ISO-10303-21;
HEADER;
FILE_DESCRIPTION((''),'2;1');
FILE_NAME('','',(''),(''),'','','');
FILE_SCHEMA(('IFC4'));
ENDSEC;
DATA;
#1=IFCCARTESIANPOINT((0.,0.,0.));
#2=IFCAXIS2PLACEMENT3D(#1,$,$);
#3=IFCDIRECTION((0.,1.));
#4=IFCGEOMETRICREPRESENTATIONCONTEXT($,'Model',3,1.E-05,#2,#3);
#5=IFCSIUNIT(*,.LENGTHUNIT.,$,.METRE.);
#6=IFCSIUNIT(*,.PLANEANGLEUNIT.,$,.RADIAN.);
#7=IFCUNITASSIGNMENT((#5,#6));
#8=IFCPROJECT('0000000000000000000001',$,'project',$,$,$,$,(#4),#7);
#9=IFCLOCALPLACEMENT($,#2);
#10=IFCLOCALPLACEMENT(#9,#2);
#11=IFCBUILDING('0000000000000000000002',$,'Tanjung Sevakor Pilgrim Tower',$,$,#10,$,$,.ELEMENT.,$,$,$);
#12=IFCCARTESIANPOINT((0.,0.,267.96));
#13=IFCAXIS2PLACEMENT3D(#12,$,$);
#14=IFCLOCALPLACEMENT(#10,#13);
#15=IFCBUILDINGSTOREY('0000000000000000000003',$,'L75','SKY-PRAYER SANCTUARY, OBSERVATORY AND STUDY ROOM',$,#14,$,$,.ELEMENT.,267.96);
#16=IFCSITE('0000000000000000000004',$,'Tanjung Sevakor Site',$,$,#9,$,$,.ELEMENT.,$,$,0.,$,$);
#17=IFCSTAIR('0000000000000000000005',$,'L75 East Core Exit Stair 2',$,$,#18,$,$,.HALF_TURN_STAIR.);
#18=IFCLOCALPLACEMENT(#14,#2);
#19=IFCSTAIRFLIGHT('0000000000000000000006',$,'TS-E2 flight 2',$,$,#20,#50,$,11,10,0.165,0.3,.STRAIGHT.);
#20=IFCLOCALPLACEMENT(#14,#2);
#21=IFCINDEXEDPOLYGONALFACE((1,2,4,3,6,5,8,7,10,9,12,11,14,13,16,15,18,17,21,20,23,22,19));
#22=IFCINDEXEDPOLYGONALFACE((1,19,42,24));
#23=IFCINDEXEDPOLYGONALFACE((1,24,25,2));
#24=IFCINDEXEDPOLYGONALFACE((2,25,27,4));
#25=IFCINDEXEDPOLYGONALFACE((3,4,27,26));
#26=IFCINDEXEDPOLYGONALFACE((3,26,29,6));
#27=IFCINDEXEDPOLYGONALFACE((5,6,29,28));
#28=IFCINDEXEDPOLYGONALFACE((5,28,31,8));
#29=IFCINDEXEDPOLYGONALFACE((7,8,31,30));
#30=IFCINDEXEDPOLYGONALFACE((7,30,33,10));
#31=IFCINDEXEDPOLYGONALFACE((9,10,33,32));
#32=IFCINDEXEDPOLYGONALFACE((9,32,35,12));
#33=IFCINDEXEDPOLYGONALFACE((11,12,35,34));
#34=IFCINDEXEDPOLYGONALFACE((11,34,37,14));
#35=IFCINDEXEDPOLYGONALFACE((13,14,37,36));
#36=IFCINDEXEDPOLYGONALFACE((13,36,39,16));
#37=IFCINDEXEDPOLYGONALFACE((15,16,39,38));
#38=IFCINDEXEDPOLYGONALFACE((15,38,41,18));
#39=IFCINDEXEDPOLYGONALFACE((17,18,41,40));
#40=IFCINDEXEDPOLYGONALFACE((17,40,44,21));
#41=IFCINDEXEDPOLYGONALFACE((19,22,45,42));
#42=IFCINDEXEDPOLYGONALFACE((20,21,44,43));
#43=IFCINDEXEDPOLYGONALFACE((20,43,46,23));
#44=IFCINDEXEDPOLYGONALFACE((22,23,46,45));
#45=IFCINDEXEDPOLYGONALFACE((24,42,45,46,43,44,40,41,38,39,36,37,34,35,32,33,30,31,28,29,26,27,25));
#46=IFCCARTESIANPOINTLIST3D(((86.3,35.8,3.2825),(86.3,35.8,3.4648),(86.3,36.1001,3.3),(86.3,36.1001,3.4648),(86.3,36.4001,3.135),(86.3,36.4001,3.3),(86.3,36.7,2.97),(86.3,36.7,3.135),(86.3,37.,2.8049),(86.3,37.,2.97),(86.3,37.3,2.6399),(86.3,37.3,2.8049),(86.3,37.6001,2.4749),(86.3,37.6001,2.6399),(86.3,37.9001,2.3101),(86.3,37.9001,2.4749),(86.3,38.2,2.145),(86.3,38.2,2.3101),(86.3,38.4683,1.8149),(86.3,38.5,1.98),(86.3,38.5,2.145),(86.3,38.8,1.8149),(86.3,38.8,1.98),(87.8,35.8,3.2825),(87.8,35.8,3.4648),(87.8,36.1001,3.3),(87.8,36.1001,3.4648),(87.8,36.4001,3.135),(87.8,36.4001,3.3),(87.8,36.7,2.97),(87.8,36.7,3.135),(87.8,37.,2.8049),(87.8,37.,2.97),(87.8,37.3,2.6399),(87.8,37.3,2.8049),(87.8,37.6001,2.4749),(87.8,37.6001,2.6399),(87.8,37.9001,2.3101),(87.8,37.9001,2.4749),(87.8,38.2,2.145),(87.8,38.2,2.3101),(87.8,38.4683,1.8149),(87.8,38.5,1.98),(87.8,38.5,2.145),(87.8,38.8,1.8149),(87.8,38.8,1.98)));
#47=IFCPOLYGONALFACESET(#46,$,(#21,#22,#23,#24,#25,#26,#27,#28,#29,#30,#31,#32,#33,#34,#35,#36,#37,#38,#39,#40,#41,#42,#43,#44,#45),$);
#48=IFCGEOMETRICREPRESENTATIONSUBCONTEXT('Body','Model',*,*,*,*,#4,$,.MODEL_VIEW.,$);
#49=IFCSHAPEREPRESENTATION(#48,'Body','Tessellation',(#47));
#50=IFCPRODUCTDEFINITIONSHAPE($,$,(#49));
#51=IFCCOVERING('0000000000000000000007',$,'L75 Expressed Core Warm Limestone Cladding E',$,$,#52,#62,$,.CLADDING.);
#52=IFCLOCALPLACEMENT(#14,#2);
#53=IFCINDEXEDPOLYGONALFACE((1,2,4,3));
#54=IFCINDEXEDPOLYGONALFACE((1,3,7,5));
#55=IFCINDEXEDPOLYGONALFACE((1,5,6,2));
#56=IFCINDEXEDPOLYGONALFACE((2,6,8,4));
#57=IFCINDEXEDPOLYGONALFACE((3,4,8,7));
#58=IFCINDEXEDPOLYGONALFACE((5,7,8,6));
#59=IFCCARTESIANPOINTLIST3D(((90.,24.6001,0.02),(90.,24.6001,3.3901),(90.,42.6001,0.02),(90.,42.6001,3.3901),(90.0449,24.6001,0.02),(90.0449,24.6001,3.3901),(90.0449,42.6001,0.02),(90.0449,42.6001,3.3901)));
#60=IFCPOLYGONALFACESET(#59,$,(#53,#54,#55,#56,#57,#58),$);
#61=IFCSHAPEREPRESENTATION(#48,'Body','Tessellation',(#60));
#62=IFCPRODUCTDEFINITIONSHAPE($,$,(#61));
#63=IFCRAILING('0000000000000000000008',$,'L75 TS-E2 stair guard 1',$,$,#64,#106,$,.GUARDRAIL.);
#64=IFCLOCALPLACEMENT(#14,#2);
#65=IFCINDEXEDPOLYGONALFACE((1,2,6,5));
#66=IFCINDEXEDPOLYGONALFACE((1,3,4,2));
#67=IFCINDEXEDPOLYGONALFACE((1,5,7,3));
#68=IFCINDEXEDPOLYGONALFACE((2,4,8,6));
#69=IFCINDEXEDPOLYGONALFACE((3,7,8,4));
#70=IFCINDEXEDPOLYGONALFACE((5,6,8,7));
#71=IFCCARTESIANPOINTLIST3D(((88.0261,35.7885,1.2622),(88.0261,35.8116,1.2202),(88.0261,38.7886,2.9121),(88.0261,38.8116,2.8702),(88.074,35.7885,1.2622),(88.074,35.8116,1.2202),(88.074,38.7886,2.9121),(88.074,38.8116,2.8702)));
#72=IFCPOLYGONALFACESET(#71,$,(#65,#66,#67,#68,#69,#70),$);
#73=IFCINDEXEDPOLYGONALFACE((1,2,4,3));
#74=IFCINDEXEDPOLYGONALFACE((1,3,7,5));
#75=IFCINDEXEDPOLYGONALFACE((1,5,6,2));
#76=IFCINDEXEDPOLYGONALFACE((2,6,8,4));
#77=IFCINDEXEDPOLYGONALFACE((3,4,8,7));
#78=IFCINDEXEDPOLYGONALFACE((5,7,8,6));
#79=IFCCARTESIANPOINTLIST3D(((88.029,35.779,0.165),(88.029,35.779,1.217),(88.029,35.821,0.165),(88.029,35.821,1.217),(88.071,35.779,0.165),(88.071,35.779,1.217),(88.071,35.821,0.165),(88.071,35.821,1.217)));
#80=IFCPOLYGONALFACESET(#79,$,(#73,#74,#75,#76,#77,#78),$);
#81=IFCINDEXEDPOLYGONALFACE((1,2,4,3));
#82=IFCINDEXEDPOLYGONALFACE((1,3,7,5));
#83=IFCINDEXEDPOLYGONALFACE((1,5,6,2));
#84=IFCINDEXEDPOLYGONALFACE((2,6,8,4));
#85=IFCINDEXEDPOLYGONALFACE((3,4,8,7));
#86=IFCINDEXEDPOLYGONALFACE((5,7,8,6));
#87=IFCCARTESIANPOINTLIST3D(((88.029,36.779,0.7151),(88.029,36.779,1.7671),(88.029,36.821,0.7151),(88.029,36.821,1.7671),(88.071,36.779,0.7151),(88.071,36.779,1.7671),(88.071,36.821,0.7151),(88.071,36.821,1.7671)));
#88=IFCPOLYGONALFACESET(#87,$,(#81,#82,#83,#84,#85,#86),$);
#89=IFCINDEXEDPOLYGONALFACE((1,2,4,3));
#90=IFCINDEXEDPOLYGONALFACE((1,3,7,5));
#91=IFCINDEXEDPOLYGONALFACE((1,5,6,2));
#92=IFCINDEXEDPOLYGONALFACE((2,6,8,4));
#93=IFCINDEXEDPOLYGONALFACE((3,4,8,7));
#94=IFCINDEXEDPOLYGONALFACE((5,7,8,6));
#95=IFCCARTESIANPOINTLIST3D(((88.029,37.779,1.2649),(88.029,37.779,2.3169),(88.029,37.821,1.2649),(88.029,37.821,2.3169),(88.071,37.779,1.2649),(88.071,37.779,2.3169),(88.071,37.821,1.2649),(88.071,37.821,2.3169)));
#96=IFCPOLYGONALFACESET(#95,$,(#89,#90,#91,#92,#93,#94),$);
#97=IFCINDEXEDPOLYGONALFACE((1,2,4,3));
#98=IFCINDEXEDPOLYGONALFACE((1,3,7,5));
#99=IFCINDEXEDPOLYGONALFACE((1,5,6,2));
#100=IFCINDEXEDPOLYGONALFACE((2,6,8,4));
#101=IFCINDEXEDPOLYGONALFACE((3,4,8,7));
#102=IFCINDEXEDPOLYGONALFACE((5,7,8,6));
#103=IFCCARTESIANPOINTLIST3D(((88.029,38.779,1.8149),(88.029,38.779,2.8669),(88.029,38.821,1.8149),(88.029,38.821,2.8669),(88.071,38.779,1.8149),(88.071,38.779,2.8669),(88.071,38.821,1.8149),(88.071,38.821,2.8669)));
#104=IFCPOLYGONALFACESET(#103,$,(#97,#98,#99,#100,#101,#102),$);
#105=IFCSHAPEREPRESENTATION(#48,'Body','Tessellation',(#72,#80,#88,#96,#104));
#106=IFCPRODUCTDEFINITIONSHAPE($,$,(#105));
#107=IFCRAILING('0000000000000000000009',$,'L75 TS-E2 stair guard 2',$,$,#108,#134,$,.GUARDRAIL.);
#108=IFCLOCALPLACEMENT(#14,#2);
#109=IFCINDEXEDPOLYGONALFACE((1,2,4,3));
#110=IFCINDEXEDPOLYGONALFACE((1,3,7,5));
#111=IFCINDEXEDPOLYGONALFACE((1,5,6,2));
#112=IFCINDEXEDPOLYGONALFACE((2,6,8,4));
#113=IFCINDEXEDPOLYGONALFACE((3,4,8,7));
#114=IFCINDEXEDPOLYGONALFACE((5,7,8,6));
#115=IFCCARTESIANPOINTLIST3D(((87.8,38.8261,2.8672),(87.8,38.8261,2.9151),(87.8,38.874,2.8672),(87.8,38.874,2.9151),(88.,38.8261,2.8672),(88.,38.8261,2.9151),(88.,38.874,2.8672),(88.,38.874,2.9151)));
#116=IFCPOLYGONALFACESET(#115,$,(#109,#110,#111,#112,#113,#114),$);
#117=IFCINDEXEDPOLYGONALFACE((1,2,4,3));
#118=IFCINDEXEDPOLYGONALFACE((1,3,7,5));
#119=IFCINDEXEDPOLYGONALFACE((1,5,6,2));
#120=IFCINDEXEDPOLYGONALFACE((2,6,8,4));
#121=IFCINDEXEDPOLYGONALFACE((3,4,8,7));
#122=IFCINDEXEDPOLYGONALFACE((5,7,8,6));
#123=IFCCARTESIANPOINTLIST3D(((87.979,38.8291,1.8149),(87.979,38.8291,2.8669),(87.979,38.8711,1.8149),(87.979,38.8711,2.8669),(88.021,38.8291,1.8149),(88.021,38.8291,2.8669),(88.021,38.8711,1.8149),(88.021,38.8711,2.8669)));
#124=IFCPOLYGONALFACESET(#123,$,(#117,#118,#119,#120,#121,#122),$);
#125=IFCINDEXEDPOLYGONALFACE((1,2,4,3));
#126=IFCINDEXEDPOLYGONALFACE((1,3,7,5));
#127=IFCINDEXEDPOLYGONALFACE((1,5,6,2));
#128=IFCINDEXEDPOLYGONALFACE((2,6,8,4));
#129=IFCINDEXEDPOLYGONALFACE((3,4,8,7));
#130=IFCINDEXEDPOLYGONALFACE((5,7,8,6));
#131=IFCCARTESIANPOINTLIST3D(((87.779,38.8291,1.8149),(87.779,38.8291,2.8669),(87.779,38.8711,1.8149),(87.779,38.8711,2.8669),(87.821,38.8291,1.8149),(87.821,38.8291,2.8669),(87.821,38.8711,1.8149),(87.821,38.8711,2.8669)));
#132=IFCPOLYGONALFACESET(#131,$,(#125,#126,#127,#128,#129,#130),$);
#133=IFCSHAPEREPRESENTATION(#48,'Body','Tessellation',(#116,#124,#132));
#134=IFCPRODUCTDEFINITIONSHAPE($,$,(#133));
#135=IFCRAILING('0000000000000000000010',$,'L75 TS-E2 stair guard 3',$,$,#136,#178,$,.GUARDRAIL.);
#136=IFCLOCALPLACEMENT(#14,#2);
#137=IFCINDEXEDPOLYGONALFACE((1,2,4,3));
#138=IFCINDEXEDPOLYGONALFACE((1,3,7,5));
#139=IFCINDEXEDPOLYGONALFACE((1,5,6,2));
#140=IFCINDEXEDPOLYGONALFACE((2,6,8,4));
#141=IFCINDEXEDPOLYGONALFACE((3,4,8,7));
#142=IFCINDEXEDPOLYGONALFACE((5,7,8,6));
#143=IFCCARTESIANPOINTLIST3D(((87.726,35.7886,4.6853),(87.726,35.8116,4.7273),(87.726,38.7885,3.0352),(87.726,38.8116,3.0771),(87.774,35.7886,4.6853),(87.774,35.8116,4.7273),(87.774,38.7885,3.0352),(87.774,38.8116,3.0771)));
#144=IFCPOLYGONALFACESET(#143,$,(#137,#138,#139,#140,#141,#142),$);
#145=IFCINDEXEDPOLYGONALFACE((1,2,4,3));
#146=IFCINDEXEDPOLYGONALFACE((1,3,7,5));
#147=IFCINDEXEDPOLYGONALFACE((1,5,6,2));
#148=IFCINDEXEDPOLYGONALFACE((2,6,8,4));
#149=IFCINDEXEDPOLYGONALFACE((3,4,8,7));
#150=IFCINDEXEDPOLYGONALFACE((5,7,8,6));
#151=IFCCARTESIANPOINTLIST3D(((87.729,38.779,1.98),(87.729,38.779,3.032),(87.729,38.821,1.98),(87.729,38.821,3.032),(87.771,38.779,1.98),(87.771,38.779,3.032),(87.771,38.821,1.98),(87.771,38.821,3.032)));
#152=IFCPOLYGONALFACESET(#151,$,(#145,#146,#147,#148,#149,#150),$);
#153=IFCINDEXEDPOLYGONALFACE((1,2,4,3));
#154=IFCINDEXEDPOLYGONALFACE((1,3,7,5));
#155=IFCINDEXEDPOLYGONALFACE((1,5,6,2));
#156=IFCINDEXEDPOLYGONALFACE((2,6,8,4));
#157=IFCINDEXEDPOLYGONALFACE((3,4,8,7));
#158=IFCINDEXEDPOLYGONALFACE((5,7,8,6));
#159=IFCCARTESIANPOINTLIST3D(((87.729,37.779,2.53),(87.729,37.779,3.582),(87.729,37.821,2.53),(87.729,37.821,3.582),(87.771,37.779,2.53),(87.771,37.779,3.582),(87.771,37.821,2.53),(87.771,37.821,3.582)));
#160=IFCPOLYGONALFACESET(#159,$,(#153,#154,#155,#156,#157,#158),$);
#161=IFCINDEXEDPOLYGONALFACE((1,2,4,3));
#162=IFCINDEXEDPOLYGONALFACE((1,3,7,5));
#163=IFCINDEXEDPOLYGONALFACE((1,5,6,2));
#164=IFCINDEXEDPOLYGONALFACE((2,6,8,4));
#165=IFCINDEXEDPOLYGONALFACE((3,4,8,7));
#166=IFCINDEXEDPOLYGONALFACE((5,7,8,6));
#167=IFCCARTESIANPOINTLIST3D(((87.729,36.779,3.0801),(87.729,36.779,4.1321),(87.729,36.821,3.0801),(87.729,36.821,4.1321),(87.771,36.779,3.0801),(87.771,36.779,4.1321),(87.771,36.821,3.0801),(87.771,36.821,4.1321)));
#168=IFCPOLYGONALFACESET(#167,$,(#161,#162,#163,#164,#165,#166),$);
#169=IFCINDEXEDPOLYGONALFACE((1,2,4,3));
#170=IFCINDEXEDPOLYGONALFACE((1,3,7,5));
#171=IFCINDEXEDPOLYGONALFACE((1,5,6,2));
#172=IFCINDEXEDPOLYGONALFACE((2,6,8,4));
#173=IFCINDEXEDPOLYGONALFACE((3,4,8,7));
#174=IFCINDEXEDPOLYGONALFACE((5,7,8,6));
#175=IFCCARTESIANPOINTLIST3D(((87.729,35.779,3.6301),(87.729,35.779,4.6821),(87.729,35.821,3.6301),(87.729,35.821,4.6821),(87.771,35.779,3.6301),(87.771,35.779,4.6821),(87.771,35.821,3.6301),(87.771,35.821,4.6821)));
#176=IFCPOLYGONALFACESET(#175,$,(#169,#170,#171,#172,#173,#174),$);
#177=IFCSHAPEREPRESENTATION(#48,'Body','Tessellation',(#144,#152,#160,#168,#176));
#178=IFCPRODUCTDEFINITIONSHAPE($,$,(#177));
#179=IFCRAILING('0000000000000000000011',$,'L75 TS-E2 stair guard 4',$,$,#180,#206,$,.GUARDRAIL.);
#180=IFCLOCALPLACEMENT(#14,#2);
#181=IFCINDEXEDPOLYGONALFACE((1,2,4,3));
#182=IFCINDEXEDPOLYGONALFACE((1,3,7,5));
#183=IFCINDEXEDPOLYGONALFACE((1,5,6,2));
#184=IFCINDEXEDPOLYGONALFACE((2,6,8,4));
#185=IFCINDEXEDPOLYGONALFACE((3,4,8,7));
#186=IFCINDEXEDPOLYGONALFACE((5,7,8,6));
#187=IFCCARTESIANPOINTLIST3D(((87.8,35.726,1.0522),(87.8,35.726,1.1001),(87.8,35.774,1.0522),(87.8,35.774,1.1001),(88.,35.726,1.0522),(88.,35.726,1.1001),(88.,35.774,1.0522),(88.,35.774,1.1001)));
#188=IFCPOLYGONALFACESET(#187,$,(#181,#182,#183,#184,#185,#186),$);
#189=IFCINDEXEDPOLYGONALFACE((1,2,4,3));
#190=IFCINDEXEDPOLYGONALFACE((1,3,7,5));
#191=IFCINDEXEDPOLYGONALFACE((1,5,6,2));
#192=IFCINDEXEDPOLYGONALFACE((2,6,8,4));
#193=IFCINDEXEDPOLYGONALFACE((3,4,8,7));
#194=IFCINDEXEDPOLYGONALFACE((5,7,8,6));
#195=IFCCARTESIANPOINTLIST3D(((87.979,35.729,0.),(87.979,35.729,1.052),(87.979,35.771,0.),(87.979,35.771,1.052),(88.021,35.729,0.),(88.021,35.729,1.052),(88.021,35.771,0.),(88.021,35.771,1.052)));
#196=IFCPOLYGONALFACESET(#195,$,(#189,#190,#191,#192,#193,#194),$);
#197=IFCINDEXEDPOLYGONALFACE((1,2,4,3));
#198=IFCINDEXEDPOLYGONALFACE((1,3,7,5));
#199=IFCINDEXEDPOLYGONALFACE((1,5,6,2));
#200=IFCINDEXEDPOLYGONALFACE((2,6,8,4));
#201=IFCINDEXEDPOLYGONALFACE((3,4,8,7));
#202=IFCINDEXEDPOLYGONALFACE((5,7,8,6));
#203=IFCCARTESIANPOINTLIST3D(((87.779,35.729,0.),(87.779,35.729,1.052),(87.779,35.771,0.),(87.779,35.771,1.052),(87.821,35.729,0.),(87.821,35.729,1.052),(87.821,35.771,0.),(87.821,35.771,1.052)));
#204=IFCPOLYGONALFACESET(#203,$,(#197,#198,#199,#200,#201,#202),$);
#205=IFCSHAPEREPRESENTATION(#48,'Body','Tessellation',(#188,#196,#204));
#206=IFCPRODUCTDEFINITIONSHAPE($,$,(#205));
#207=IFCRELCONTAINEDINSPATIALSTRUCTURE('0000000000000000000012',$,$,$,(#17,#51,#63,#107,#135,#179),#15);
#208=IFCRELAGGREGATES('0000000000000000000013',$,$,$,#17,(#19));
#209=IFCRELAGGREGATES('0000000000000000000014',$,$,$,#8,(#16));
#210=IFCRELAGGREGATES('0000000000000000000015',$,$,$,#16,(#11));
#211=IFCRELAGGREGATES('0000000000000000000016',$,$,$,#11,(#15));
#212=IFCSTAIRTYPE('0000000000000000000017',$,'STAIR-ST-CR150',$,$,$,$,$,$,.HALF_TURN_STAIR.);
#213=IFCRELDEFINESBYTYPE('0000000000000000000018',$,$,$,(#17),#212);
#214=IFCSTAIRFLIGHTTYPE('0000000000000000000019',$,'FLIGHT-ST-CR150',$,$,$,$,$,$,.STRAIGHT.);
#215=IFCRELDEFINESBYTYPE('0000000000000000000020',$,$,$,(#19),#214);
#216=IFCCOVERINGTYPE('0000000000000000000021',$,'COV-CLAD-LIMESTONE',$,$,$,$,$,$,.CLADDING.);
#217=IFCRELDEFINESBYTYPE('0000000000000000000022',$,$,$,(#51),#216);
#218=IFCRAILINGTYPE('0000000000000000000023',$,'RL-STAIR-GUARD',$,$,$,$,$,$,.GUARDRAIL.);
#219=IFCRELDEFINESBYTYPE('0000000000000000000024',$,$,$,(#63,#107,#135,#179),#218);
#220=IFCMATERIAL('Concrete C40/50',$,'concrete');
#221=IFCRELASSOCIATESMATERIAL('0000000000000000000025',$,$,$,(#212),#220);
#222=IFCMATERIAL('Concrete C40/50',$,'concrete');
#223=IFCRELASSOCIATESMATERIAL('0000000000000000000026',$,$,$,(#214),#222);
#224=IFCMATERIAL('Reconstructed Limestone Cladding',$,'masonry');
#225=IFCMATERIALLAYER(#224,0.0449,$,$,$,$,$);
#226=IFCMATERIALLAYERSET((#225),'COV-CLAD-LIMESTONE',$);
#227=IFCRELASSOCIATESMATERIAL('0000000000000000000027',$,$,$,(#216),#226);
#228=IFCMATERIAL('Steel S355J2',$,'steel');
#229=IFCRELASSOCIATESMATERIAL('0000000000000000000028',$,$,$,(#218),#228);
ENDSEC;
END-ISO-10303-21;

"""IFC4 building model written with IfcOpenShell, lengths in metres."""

from ifc_helpers import new_model, si_unit, direction, frame, origin, origin_2d, place, context, subcontext, project, spatial, polyline, rectangle, outline, extrude, material, layer, layer_set, type_object, element, aggregate, save


model = new_model("IFC4")

# Units and contexts
model_context = context("Model", 3, precision=1e-05, world=origin(), true_north=direction((0.0, 1.0)))
body_context = subcontext(model_context, "Body", "Model", "MODEL_VIEW")
ifc_project = project(units=[si_unit("LENGTHUNIT", "METRE"), si_unit("PLANEANGLEUNIT", "RADIAN")], contexts=[model_context])

# Site, building, storey
site_placement = place(None, origin())
site = spatial("IfcSite", under=ifc_project, at=site_placement, Name="Tanjung Sevakor Site", CompositionType="ELEMENT", RefElevation=0.0)
building_placement = place(site_placement, origin())
building = spatial("IfcBuilding", under=site, at=building_placement, Name="Tanjung Sevakor Pilgrim Tower", CompositionType="ELEMENT")
storey_placement = place(building_placement, frame((0.0, 0.0, 267.96)))
storey = spatial("IfcBuildingStorey", under=building, at=storey_placement, Name="L75", Description="SKY-PRAYER SANCTUARY, OBSERVATORY AND STUDY ROOM", CompositionType="ELEMENT", Elevation=267.96)

# Stair, stair flight
ifc_material_1 = material(Name="Concrete C40/50", Category="concrete")
stair_type = type_object("IfcStairType", Name="STAIR-ST-CR150", PredefinedType="HALF_TURN_STAIR", material=ifc_material_1)
stair_placement = place(storey_placement, origin())
stair = element("IfcStair", 1, at=stair_placement, inside=storey, type_object=stair_type, Name="L75 East Core Exit Stair 2", PredefinedType="HALF_TURN_STAIR")
ifc_material_2 = material(Name="Concrete C40/50", Category="concrete")
stair_flight_type = type_object("IfcStairFlightType", Name="FLIGHT-ST-CR150", PredefinedType="STRAIGHT", material=ifc_material_2)
stair_flight_1_placement = place(storey_placement, frame((87.05, 38.8, 1.8149), z_axis=(0.0, 0.0, 1.0), x_axis=(0.0, -1.0, 0.0)))
stair_flight_1 = element("IfcStairFlight", 2, at=stair_flight_1_placement, type_object=stair_flight_type, Name="TS-E2 flight 2", NumberOfRisers=11, NumberOfTreads=10, PredefinedType="STRAIGHT", RiserHeight=0.165, TreadLength=0.3, context=body_context, shape_type="SweptSolid", body=[
    extrude(outline(polyline([(0.0, 0.0), (0.0, 0.165), (0.3, 0.165), (0.3, 0.3301), (0.6001, 0.3301), (0.6001, 0.4951), (0.8999, 0.4951), (0.8999, 0.6599), (1.2, 0.6599), (1.2, 0.825), (1.5, 0.825), (1.5, 0.99), (1.8, 0.99), (1.8, 1.155), (2.1001, 1.155), (2.1001, 1.3201), (2.3999, 1.3201), (2.3999, 1.4851), (2.7, 1.4851), (2.7, 1.6499), (3.0, 1.6499), (3.0, 1.8149), (3.0, 1.4675), (0.3318, 0.0), (0.0, 0.0)])), frame((0.0, 0.75, 0.0), z_axis=(0.0, -1.0, 0.0), x_axis=(1.0, 0.0, 0.0)), (0.0, 0.0, 1.0), 1.5),
])
aggregate(stair, [stair_flight_1])

# Covering
ifc_material_3 = material(Name="Reconstructed Limestone Cladding", Category="masonry")
ifc_layer_1 = layer(ifc_material_3, 0.0449)
ifc_layer_set_1 = layer_set([ifc_layer_1], Name="COV-CLAD-LIMESTONE")
covering_type = type_object("IfcCoveringType", Name="COV-CLAD-LIMESTONE", PredefinedType="CLADDING", material=ifc_layer_set_1)
covering_placement = place(storey_placement, frame((90.0225, 33.6001, 0.02), z_axis=(0.0, 0.0, 1.0), x_axis=(1.0, 0.0, 0.0)))
element("IfcCovering", 3, at=covering_placement, inside=storey, type_object=covering_type, Name="L75 Expressed Core Warm Limestone Cladding E", PredefinedType="CLADDING", context=body_context, shape_type="SweptSolid", body=[
    extrude(rectangle(XDim=0.0449, YDim=18.0, at=origin_2d()), origin(), (0.0, 0.0, 1.0), 3.3701),
])

# Railings
ifc_material_4 = material(Name="Steel S355J2", Category="steel")
railing_type_1 = type_object("IfcRailingType", Name="RL-STAIR-GUARD", PredefinedType="GUARDRAIL", material=ifc_material_4)
railing_1_placement = place(storey_placement, frame((88.05, 35.8, 0.165)))
element("IfcRailing", 4, at=railing_1_placement, inside=storey, type_object=railing_type_1, Name="L75 TS-E2 stair guard 1", PredefinedType="GUARDRAIL", context=body_context, shape_type="SweptSolid", body=[
    extrude(rectangle(XDim=0.0479, YDim=0.0479), frame((0.0, 0.0, 1.0762), z_axis=(0.0, 0.876228, 0.481897), x_axis=(-1.0, 0.0, 0.0)), (0.0, 0.0, 1.0), 3.4238),
    extrude(rectangle(XDim=0.042, YDim=0.042), origin(), (0.0, 0.0, 1.0), 1.052),
    extrude(rectangle(XDim=0.042, YDim=0.042), frame((0.0, 1.0, 0.55)), (0.0, 0.0, 1.0), 1.052),
    extrude(rectangle(XDim=0.042, YDim=0.042), frame((0.0, 2.0, 1.0999)), (0.0, 0.0, 1.0), 1.052),
    extrude(rectangle(XDim=0.042, YDim=0.042), frame((0.0, 3.0, 1.6499)), (0.0, 0.0, 1.0), 1.052),
])
railing_2_placement = place(storey_placement, frame((88.0, 38.8501, 1.8149)))
element("IfcRailing", 5, at=railing_2_placement, inside=storey, type_object=railing_type_1, Name="L75 TS-E2 stair guard 2", PredefinedType="GUARDRAIL", context=body_context, shape_type="SweptSolid", body=[
    extrude(rectangle(XDim=0.0479, YDim=0.0479), frame((0.0, 0.0, 1.0762), z_axis=(-1.0, 0.0, 0.0), x_axis=(0.0, -1.0, 0.0)), (0.0, 0.0, 1.0), 0.2),
    extrude(rectangle(XDim=0.042, YDim=0.042), origin(), (0.0, 0.0, 1.0), 1.052),
    extrude(rectangle(XDim=0.042, YDim=0.042), frame((-0.2, 0.0, 0.0)), (0.0, 0.0, 1.0), 1.052),
])
railing_3_placement = place(storey_placement, frame((87.75, 38.8, 1.98)))
element("IfcRailing", 6, at=railing_3_placement, inside=storey, type_object=railing_type_1, Name="L75 TS-E2 stair guard 3", PredefinedType="GUARDRAIL", context=body_context, shape_type="SweptSolid", body=[
    extrude(rectangle(XDim=0.0479, YDim=0.0479), frame((0.0, 0.0, 1.0762), z_axis=(0.0, -0.876198, 0.481952), x_axis=(1.0, 0.0, 0.0)), (0.0, 0.0, 1.0), 3.4238),
    extrude(rectangle(XDim=0.042, YDim=0.042), origin(), (0.0, 0.0, 1.0), 1.052),
    extrude(rectangle(XDim=0.042, YDim=0.042), frame((0.0, -1.0, 0.55)), (0.0, 0.0, 1.0), 1.052),
    extrude(rectangle(XDim=0.042, YDim=0.042), frame((0.0, -2.0, 1.1001)), (0.0, 0.0, 1.0), 1.052),
    extrude(rectangle(XDim=0.042, YDim=0.042), frame((0.0, -3.0, 1.6501)), (0.0, 0.0, 1.0), 1.052),
])
railing_4_placement = place(storey_placement, frame((88.0, 35.75, 0.0)))
element("IfcRailing", 7, at=railing_4_placement, inside=storey, type_object=railing_type_1, Name="L75 TS-E2 stair guard 4", PredefinedType="GUARDRAIL", context=body_context, shape_type="SweptSolid", body=[
    extrude(rectangle(XDim=0.0479, YDim=0.0479), frame((0.0, 0.0, 1.0762), z_axis=(-1.0, 0.0, 0.0), x_axis=(0.0, -1.0, 0.0)), (0.0, 0.0, 1.0), 0.2),
    extrude(rectangle(XDim=0.042, YDim=0.042), origin(), (0.0, 0.0, 1.0), 1.052),
    extrude(rectangle(XDim=0.042, YDim=0.042), frame((-0.2, 0.0, 0.0)), (0.0, 0.0, 1.0), 1.052),
])

save(model, "model.ifc")
